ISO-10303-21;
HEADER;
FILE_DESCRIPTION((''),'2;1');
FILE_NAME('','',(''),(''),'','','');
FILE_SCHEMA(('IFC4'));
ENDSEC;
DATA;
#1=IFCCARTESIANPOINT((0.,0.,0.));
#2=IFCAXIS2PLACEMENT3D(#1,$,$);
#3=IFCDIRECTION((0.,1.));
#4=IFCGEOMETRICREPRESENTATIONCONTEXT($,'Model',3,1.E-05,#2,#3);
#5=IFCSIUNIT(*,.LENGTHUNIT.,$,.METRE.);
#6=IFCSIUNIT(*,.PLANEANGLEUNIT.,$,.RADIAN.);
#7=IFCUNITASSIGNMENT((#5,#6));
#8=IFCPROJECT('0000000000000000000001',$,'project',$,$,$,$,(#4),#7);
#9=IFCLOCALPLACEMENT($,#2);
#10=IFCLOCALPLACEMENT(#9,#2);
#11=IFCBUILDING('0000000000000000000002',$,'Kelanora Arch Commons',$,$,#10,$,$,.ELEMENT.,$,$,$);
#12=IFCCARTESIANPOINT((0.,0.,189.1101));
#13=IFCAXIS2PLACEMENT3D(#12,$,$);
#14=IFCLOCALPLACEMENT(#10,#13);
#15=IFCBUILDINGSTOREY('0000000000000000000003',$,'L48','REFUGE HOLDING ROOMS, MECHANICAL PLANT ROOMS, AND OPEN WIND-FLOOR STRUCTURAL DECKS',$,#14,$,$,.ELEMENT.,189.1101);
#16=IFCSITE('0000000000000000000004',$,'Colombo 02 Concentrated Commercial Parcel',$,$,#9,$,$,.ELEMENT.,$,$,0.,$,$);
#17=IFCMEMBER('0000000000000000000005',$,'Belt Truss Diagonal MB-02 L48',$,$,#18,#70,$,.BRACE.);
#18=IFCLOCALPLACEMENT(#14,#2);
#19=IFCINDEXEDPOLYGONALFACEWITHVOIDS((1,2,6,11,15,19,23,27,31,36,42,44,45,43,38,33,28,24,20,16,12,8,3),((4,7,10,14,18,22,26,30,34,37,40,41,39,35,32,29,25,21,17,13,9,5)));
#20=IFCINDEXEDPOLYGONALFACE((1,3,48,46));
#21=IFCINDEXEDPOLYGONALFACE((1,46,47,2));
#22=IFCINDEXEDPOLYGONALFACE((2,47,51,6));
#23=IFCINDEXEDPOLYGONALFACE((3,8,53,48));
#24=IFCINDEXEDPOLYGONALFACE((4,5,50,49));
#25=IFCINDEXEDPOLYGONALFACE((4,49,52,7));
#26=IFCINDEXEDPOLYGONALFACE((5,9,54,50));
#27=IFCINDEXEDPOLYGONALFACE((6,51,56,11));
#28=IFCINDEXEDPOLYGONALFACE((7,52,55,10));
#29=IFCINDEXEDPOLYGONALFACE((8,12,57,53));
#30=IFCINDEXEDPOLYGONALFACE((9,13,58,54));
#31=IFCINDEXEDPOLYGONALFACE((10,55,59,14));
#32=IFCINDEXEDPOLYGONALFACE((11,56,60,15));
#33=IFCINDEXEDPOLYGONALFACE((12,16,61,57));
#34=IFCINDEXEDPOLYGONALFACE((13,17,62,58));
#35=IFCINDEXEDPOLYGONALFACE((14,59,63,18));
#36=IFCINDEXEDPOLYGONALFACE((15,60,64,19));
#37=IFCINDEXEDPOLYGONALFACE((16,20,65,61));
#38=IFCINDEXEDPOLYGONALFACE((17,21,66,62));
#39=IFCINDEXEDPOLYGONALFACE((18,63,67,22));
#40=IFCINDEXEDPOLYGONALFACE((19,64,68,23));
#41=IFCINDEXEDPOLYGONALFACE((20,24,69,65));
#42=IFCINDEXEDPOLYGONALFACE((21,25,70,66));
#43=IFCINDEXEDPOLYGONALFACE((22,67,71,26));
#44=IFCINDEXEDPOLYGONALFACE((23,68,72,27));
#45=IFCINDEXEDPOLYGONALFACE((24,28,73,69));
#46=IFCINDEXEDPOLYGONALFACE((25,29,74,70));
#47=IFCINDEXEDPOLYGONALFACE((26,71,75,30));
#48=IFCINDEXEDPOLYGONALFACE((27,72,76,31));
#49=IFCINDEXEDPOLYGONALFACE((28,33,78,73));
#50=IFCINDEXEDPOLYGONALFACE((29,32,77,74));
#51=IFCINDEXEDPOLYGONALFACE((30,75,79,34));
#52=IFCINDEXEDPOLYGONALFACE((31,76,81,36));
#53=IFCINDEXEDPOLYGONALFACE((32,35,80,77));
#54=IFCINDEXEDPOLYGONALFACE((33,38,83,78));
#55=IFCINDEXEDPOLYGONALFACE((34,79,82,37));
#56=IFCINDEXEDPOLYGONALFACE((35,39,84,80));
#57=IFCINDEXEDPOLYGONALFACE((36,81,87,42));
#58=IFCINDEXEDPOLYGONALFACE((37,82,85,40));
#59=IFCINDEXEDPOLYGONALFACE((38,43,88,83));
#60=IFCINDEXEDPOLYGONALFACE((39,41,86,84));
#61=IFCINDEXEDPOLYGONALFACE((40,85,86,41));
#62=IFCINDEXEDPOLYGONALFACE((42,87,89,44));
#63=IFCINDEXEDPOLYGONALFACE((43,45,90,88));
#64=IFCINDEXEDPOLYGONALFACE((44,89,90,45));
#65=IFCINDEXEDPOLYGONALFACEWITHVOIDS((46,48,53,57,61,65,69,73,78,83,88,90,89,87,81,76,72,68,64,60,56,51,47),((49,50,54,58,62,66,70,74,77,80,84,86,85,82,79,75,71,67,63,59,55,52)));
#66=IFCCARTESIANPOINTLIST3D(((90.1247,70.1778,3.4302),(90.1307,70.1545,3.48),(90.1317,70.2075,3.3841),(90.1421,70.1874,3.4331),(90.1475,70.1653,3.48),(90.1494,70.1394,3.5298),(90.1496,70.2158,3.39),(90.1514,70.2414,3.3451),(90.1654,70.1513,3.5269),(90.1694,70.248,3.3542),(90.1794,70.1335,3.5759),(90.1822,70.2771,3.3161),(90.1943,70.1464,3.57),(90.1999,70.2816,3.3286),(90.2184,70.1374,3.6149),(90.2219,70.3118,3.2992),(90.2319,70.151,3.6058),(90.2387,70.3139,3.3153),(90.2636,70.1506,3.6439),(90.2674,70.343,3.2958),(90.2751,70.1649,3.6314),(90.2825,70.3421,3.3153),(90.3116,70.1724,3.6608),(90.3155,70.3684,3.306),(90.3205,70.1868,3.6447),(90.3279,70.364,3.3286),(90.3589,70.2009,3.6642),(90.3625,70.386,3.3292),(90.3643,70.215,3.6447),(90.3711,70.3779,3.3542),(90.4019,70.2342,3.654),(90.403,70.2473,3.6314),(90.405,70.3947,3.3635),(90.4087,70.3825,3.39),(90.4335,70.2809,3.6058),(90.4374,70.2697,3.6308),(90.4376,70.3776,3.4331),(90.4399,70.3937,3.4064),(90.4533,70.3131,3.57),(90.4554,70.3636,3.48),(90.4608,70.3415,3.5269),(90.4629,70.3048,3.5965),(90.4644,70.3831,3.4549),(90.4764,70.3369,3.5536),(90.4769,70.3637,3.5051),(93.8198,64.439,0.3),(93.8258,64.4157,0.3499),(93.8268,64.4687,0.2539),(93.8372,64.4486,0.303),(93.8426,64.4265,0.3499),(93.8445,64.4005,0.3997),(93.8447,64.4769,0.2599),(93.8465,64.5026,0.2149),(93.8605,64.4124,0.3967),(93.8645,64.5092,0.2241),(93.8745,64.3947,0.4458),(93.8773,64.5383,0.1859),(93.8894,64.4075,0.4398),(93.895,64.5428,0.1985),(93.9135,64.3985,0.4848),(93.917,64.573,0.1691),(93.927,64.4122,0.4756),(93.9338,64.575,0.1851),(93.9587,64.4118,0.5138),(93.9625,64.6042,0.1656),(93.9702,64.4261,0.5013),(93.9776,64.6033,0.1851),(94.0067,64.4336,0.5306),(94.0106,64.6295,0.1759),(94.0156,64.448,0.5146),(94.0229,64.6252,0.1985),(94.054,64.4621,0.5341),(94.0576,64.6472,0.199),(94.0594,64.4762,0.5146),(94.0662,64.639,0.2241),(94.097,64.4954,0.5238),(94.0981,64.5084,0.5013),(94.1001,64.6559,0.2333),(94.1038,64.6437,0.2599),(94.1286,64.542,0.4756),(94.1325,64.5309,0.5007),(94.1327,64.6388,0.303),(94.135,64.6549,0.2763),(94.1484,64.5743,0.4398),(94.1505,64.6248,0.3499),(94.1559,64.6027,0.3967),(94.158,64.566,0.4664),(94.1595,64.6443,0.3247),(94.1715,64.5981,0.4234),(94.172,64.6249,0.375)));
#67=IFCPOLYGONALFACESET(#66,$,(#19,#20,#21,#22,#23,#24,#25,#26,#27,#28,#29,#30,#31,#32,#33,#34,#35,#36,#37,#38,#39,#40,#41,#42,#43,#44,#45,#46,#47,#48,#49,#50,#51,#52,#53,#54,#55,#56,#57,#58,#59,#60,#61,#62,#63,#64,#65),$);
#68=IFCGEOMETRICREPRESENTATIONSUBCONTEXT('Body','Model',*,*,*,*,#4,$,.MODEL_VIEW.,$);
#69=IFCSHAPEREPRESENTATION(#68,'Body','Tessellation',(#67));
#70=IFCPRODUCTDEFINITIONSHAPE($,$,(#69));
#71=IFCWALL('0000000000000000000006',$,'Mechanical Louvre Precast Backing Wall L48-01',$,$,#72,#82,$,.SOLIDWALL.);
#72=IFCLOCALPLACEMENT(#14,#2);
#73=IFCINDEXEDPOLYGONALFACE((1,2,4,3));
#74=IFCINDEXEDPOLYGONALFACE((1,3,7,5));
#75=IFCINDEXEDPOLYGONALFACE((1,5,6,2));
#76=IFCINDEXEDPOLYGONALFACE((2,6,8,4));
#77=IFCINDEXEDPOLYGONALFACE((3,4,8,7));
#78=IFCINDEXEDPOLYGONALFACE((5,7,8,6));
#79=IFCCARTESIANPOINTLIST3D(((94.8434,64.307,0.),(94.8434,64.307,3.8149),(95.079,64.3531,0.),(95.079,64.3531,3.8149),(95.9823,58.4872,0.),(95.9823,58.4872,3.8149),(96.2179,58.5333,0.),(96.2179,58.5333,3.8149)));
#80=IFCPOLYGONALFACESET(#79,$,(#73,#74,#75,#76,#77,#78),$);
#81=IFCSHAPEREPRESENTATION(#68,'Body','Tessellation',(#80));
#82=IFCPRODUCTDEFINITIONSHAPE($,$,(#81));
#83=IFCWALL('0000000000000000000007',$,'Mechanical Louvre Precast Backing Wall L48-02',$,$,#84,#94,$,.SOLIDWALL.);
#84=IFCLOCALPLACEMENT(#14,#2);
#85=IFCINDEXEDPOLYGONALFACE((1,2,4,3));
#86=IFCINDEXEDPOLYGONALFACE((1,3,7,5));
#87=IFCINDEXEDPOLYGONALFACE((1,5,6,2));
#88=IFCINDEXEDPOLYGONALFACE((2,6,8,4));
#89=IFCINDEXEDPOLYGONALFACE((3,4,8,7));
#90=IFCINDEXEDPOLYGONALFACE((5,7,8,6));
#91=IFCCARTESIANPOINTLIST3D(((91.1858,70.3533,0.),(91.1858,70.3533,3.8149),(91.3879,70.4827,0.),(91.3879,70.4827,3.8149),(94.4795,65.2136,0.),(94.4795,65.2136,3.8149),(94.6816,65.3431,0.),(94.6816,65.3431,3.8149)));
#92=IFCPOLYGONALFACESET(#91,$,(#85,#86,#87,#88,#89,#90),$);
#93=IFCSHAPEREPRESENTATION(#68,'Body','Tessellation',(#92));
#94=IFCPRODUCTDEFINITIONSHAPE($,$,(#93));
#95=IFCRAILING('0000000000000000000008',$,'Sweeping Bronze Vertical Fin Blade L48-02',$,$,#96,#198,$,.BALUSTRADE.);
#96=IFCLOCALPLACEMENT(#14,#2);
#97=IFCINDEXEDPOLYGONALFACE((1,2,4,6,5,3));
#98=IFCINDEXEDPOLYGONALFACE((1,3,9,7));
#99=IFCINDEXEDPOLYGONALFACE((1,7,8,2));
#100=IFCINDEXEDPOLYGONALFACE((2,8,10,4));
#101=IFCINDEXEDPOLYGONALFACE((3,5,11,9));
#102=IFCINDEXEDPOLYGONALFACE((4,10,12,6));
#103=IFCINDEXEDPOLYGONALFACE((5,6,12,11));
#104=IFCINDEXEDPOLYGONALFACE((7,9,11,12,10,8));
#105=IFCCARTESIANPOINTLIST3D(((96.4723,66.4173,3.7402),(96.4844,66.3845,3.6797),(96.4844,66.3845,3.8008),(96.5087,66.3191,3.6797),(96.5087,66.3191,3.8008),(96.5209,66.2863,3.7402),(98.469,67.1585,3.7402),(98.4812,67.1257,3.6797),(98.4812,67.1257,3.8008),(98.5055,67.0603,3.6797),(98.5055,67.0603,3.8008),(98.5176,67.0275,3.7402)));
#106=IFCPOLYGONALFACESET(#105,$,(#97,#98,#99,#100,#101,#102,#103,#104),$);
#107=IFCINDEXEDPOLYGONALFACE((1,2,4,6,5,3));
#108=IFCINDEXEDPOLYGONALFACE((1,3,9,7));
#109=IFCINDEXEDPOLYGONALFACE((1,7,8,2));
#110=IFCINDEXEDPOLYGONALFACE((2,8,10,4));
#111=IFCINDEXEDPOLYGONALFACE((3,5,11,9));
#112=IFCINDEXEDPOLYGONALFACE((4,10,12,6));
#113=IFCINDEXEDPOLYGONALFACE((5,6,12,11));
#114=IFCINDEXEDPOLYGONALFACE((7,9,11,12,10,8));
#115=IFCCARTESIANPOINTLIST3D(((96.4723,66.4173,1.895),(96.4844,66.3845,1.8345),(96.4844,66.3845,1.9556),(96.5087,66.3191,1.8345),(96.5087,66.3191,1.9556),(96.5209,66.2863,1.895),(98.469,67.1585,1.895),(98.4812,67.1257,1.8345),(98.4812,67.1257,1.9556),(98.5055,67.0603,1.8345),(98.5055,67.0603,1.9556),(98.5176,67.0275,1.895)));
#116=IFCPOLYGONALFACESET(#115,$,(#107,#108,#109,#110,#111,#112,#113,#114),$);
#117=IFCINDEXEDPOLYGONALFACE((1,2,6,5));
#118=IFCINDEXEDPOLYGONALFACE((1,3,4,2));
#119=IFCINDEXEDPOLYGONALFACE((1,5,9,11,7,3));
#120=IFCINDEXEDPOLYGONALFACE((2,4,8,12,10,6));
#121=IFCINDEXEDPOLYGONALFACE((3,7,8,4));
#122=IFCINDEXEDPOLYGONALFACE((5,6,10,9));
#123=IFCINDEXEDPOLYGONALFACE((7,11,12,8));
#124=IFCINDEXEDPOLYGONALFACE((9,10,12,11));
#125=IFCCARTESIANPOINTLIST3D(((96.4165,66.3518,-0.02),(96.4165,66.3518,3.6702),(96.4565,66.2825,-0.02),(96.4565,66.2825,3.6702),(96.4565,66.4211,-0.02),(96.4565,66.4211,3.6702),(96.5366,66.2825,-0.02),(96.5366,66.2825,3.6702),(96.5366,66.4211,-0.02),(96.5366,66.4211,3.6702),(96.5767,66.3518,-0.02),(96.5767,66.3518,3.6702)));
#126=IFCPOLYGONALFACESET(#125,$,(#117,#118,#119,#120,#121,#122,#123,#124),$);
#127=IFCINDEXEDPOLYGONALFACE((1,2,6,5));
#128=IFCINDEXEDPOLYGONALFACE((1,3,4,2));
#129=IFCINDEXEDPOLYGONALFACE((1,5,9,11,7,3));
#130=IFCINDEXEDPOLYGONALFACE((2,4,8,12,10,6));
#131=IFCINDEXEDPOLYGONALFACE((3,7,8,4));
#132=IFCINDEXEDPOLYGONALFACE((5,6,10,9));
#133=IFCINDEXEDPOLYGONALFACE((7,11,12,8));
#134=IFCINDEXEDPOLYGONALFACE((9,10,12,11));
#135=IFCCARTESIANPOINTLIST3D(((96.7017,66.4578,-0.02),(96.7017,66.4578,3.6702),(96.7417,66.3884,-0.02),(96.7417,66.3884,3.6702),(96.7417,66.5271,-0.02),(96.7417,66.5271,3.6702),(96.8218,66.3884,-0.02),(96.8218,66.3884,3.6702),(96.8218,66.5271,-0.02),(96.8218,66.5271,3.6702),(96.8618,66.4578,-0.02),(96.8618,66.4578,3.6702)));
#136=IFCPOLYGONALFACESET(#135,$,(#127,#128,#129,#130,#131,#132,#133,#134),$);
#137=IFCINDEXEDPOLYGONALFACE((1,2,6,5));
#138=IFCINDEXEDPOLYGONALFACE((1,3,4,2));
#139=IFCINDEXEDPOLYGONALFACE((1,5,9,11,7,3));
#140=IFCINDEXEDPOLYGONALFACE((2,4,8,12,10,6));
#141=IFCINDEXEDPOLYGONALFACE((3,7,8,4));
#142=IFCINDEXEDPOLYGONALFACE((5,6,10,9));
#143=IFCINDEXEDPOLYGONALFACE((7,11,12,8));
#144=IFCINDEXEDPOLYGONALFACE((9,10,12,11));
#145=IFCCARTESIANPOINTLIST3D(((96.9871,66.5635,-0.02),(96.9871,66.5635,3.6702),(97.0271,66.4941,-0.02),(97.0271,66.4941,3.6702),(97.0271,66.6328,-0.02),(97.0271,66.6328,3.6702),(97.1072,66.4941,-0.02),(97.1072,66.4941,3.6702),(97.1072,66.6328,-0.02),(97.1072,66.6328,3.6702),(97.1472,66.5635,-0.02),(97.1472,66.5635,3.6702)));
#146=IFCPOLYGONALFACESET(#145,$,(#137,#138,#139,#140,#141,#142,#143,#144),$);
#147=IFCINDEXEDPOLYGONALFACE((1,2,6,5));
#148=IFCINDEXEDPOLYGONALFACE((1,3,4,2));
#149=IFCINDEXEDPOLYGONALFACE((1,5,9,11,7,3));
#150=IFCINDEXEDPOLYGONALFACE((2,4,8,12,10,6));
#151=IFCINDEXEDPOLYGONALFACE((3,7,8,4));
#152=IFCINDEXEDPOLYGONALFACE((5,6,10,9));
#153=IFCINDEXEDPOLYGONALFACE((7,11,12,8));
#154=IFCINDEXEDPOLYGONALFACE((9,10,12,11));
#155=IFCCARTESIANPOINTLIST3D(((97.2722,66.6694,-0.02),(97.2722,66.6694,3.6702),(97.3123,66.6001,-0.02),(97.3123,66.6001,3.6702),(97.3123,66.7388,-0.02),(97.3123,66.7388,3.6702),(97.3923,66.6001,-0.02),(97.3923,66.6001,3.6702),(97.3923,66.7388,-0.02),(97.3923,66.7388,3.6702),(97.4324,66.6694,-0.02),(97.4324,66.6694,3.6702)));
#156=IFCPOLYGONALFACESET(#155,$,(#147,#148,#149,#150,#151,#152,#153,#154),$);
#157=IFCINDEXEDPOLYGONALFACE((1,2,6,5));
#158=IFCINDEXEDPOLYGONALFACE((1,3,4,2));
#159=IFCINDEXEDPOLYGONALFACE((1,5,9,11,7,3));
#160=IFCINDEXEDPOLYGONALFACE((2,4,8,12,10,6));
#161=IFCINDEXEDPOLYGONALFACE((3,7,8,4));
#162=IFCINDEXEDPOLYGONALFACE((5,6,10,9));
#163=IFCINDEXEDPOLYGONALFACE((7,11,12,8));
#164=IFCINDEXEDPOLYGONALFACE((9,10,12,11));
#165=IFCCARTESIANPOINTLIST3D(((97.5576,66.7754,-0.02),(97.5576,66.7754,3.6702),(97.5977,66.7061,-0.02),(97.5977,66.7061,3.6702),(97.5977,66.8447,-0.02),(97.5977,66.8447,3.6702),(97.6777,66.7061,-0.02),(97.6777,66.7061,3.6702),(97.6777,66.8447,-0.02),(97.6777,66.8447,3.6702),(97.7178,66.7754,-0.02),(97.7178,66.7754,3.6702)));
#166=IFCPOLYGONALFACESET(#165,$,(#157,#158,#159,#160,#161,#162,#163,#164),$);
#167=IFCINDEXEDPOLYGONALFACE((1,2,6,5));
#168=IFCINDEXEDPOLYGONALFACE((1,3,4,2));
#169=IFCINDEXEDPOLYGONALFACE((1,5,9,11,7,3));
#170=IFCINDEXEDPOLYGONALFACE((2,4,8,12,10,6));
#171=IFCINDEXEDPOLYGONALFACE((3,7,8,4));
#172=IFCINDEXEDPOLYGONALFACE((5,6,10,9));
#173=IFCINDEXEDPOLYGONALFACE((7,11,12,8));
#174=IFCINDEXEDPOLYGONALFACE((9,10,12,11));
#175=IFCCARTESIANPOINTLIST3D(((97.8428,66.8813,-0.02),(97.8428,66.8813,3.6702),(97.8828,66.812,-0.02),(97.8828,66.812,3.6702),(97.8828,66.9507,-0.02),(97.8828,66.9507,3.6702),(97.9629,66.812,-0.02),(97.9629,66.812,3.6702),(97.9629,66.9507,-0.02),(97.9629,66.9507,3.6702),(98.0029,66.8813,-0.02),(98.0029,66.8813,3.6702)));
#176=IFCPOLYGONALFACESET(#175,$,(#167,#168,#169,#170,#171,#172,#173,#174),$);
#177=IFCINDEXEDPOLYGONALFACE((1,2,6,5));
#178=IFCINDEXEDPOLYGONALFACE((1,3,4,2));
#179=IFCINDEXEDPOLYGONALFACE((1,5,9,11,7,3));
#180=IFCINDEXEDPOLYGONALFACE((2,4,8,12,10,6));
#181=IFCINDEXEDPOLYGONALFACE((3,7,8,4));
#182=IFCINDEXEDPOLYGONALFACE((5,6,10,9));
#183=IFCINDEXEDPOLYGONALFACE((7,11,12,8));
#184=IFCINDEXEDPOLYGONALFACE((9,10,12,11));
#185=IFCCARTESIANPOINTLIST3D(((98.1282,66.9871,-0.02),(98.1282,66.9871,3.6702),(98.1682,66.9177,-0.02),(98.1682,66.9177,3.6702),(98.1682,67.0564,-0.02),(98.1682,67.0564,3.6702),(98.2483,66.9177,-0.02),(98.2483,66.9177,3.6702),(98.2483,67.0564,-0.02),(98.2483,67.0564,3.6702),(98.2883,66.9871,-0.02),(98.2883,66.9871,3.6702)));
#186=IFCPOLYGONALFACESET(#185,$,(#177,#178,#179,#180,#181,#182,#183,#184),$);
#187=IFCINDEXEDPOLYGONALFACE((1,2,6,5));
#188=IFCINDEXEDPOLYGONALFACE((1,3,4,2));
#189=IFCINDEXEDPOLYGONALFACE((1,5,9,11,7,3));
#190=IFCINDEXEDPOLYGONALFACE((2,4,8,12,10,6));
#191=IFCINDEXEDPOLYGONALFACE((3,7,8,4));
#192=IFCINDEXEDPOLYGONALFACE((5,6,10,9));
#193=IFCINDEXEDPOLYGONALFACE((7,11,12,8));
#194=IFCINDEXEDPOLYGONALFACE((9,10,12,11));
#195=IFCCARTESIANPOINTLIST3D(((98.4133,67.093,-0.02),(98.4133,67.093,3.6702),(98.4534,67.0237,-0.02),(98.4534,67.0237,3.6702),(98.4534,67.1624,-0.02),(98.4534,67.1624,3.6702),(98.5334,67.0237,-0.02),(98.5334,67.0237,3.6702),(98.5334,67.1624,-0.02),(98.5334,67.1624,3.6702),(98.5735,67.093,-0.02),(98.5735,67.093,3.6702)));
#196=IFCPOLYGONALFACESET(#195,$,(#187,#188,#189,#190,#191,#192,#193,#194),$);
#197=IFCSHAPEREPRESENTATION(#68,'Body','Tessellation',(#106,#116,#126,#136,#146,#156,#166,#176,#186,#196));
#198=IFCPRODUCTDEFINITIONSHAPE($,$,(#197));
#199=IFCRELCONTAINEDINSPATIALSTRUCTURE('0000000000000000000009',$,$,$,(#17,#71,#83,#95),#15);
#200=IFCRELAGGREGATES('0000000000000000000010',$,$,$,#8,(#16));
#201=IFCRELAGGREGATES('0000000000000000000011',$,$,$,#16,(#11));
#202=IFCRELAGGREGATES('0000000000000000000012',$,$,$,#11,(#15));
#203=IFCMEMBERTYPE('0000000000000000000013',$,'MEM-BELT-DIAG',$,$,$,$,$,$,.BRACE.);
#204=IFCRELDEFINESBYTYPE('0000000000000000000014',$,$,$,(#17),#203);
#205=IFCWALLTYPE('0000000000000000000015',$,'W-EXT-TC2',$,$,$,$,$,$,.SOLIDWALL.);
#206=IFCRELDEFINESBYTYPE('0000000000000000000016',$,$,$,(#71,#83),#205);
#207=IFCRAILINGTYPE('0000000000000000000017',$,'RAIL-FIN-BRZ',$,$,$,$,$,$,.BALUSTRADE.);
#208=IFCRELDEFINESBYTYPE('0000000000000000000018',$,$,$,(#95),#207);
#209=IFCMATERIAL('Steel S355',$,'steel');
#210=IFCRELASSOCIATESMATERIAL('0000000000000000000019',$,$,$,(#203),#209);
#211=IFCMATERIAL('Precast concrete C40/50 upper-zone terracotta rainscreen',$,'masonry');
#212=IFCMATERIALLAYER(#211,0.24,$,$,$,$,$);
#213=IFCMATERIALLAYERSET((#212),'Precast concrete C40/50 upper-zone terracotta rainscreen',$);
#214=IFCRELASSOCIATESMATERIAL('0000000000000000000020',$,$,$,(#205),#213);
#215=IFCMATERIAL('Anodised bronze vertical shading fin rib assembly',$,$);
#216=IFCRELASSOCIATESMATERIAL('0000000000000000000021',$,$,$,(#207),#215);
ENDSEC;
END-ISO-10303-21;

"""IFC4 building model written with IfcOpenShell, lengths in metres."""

from ifc_helpers import new_model, si_unit, direction, frame, frame_2d, origin, origin_2d, place, context, subcontext, project, spatial, polyline, rectangle, hollow_circle, outline, extrude, material, layer, layer_set, material_profile, profile_set, type_object, element, save


model = new_model("IFC4")

# Units and contexts
model_context = context("Model", 3, precision=1e-05, world=origin(), true_north=direction((0.0, 1.0)))
body_context = subcontext(model_context, "Body", "Model", "MODEL_VIEW")
ifc_project = project(units=[si_unit("LENGTHUNIT", "METRE"), si_unit("PLANEANGLEUNIT", "RADIAN")], contexts=[model_context])

# Site, building, storey
site_placement = place(None, origin())
site = spatial("IfcSite", under=ifc_project, at=site_placement, Name="Colombo 02 Concentrated Commercial Parcel", CompositionType="ELEMENT", RefElevation=0.0)
building_placement = place(site_placement, origin())
building = spatial("IfcBuilding", under=site, at=building_placement, Name="Kelanora Arch Commons", CompositionType="ELEMENT")
storey_placement = place(building_placement, frame((0.0, 0.0, 189.1101)))
storey = spatial("IfcBuildingStorey", under=building, at=storey_placement, Name="L48", Description="REFUGE HOLDING ROOMS, MECHANICAL PLANT ROOMS, AND OPEN WIND-FLOOR STRUCTURAL DECKS", CompositionType="ELEMENT", Elevation=189.1101)

# Shared definitions
ifc_material_1 = material(Name="Steel S355", Category="steel")

# Member
ifc_material_profile_1 = material_profile(ifc_material_1, hollow_circle(Radius=0.2031, WallThickness=0.02, at=origin_2d()), Name="CHS406.4x20")
ifc_profile_set_1 = profile_set([ifc_material_profile_1], Name="Steel S355")
member_type = type_object("IfcMemberType", Name="MEM-BELT-DIAG", PredefinedType="BRACE", material=ifc_profile_set_1)
member_1_placement = place(storey_placement, frame((93.9966, 64.5256, 0.3499), z_axis=(-0.492087, 0.764255, 0.416851), x_axis=(-0.840788, -0.541365, 0.0)))
element("IfcMember", 1, at=member_1_placement, inside=storey, type_object=member_type, Name="Belt Truss Diagonal MB-02 L48", PredefinedType="BRACE", context=body_context, shape_type="SweptSolid", body=[
    extrude(hollow_circle(Radius=0.2031, WallThickness=0.02, at=origin_2d()), origin(), (0.0, 0.0, 1.0), 7.509),
])

# Walls
ifc_material_2 = material(Name="Precast concrete C40/50 upper-zone terracotta rainscreen", Category="masonry")
ifc_layer = layer(ifc_material_2, 0.24)
ifc_layer_set = layer_set([ifc_layer], Name="Precast concrete C40/50 upper-zone terracotta rainscreen")
wall_type = type_object("IfcWallType", Name="W-EXT-TC2", PredefinedType="SOLIDWALL", material=ifc_layer_set)
wall_1_placement = place(storey_placement, frame((96.1001, 58.5103, 0.0), z_axis=(0.0, 0.0, 1.0), x_axis=(-0.192053, 0.981385, 0.0)))
element("IfcWall", 2, at=wall_1_placement, inside=storey, type_object=wall_type, Name="Mechanical Louvre Precast Backing Wall L48-01", PredefinedType="SOLIDWALL", context=body_context, shape_type="SweptSolid", body=[
    extrude(rectangle(XDim=5.9302, YDim=0.24, at=frame_2d((2.9651, 0.0))), origin(), (0.0, 0.0, 1.0), 3.8149),
])
wall_2_placement = place(storey_placement, frame((94.5806, 65.2783, 0.0), z_axis=(0.0, 0.0, 1.0), x_axis=(-0.539556, 0.841949, 0.0)))
element("IfcWall", 3, at=wall_2_placement, inside=storey, type_object=wall_type, Name="Mechanical Louvre Precast Backing Wall L48-02", PredefinedType="SOLIDWALL", context=body_context, shape_type="SweptSolid", body=[
    extrude(rectangle(XDim=6.1045, YDim=0.24, at=frame_2d((3.0522, 0.0))), origin(), (0.0, 0.0, 1.0), 3.8149),
])

# Railing
ifc_material_3 = material(Name="Anodised bronze vertical shading fin rib assembly")
railing_type_1 = type_object("IfcRailingType", Name="RAIL-FIN-BRZ", PredefinedType="BALUSTRADE", material=ifc_material_3)
railing_1_placement = place(storey_placement, frame((96.4966, 66.3518, -0.02)))
element("IfcRailing", 4, at=railing_1_placement, inside=storey, type_object=railing_type_1, Name="Sweeping Bronze Vertical Fin Blade L48-02", PredefinedType="BALUSTRADE", context=body_context, shape_type="SweptSolid", body=[
    extrude(outline(polyline([(0.0698, 0.0), (0.0349, 0.0605), (-0.0349, 0.0605), (-0.0698, 0.0), (-0.0349, -0.0605), (0.0349, -0.0605), (0.0698, 0.0)])), frame((0.0, 0.0, 3.7603), z_axis=(0.937497, 0.347994, 0.0), x_axis=(-0.347994, 0.937497, 0.0)), (0.0, 0.0, 1.0), 2.1299),
    extrude(outline(polyline([(0.0698, 0.0), (0.0349, 0.0605), (-0.0349, 0.0605), (-0.0698, 0.0), (-0.0349, -0.0605), (0.0349, -0.0605), (0.0698, 0.0)])), frame((0.0, 0.0, 1.915), z_axis=(0.937497, 0.347994, 0.0), x_axis=(-0.347994, 0.937497, 0.0)), (0.0, 0.0, 1.0), 2.1299),
    extrude(outline(polyline([(0.0801, 0.0), (0.04, 0.0693), (-0.04, 0.0693), (-0.0801, 0.0), (-0.04, -0.0693), (0.04, -0.0693), (0.0801, 0.0)])), origin(), (0.0, 0.0, 1.0), 3.6902),
    extrude(outline(polyline([(0.0801, 0.0), (0.04, 0.0693), (-0.04, 0.0693), (-0.0801, 0.0), (-0.04, -0.0693), (0.04, -0.0693), (0.0801, 0.0)])), frame((0.2852, 0.106, 0.0)), (0.0, 0.0, 1.0), 3.6902),
    extrude(outline(polyline([(0.0801, 0.0), (0.04, 0.0693), (-0.04, 0.0693), (-0.0801, 0.0), (-0.04, -0.0693), (0.04, -0.0693), (0.0801, 0.0)])), frame((0.5706, 0.2117, 0.0)), (0.0, 0.0, 1.0), 3.6902),
    extrude(outline(polyline([(0.0801, 0.0), (0.04, 0.0693), (-0.04, 0.0693), (-0.0801, 0.0), (-0.04, -0.0693), (0.04, -0.0693), (0.0801, 0.0)])), frame((0.8557, 0.3176, 0.0)), (0.0, 0.0, 1.0), 3.6902),
    extrude(outline(polyline([(0.0801, 0.0), (0.04, 0.0693), (-0.04, 0.0693), (-0.0801, 0.0), (-0.04, -0.0693), (0.04, -0.0693), (0.0801, 0.0)])), frame((1.1411, 0.4236, 0.0)), (0.0, 0.0, 1.0), 3.6902),
    extrude(outline(polyline([(0.0801, 0.0), (0.04, 0.0693), (-0.04, 0.0693), (-0.0801, 0.0), (-0.04, -0.0693), (0.04, -0.0693), (0.0801, 0.0)])), frame((1.4263, 0.5295, 0.0)), (0.0, 0.0, 1.0), 3.6902),
    extrude(outline(polyline([(0.0801, 0.0), (0.04, 0.0693), (-0.04, 0.0693), (-0.0801, 0.0), (-0.04, -0.0693), (0.04, -0.0693), (0.0801, 0.0)])), frame((1.7117, 0.6353, 0.0)), (0.0, 0.0, 1.0), 3.6902),
    extrude(outline(polyline([(0.0801, 0.0), (0.04, 0.0693), (-0.04, 0.0693), (-0.0801, 0.0), (-0.04, -0.0693), (0.04, -0.0693), (0.0801, 0.0)])), frame((1.9968, 0.7412, 0.0)), (0.0, 0.0, 1.0), 3.6902),
])

save(model, "model.ifc")
